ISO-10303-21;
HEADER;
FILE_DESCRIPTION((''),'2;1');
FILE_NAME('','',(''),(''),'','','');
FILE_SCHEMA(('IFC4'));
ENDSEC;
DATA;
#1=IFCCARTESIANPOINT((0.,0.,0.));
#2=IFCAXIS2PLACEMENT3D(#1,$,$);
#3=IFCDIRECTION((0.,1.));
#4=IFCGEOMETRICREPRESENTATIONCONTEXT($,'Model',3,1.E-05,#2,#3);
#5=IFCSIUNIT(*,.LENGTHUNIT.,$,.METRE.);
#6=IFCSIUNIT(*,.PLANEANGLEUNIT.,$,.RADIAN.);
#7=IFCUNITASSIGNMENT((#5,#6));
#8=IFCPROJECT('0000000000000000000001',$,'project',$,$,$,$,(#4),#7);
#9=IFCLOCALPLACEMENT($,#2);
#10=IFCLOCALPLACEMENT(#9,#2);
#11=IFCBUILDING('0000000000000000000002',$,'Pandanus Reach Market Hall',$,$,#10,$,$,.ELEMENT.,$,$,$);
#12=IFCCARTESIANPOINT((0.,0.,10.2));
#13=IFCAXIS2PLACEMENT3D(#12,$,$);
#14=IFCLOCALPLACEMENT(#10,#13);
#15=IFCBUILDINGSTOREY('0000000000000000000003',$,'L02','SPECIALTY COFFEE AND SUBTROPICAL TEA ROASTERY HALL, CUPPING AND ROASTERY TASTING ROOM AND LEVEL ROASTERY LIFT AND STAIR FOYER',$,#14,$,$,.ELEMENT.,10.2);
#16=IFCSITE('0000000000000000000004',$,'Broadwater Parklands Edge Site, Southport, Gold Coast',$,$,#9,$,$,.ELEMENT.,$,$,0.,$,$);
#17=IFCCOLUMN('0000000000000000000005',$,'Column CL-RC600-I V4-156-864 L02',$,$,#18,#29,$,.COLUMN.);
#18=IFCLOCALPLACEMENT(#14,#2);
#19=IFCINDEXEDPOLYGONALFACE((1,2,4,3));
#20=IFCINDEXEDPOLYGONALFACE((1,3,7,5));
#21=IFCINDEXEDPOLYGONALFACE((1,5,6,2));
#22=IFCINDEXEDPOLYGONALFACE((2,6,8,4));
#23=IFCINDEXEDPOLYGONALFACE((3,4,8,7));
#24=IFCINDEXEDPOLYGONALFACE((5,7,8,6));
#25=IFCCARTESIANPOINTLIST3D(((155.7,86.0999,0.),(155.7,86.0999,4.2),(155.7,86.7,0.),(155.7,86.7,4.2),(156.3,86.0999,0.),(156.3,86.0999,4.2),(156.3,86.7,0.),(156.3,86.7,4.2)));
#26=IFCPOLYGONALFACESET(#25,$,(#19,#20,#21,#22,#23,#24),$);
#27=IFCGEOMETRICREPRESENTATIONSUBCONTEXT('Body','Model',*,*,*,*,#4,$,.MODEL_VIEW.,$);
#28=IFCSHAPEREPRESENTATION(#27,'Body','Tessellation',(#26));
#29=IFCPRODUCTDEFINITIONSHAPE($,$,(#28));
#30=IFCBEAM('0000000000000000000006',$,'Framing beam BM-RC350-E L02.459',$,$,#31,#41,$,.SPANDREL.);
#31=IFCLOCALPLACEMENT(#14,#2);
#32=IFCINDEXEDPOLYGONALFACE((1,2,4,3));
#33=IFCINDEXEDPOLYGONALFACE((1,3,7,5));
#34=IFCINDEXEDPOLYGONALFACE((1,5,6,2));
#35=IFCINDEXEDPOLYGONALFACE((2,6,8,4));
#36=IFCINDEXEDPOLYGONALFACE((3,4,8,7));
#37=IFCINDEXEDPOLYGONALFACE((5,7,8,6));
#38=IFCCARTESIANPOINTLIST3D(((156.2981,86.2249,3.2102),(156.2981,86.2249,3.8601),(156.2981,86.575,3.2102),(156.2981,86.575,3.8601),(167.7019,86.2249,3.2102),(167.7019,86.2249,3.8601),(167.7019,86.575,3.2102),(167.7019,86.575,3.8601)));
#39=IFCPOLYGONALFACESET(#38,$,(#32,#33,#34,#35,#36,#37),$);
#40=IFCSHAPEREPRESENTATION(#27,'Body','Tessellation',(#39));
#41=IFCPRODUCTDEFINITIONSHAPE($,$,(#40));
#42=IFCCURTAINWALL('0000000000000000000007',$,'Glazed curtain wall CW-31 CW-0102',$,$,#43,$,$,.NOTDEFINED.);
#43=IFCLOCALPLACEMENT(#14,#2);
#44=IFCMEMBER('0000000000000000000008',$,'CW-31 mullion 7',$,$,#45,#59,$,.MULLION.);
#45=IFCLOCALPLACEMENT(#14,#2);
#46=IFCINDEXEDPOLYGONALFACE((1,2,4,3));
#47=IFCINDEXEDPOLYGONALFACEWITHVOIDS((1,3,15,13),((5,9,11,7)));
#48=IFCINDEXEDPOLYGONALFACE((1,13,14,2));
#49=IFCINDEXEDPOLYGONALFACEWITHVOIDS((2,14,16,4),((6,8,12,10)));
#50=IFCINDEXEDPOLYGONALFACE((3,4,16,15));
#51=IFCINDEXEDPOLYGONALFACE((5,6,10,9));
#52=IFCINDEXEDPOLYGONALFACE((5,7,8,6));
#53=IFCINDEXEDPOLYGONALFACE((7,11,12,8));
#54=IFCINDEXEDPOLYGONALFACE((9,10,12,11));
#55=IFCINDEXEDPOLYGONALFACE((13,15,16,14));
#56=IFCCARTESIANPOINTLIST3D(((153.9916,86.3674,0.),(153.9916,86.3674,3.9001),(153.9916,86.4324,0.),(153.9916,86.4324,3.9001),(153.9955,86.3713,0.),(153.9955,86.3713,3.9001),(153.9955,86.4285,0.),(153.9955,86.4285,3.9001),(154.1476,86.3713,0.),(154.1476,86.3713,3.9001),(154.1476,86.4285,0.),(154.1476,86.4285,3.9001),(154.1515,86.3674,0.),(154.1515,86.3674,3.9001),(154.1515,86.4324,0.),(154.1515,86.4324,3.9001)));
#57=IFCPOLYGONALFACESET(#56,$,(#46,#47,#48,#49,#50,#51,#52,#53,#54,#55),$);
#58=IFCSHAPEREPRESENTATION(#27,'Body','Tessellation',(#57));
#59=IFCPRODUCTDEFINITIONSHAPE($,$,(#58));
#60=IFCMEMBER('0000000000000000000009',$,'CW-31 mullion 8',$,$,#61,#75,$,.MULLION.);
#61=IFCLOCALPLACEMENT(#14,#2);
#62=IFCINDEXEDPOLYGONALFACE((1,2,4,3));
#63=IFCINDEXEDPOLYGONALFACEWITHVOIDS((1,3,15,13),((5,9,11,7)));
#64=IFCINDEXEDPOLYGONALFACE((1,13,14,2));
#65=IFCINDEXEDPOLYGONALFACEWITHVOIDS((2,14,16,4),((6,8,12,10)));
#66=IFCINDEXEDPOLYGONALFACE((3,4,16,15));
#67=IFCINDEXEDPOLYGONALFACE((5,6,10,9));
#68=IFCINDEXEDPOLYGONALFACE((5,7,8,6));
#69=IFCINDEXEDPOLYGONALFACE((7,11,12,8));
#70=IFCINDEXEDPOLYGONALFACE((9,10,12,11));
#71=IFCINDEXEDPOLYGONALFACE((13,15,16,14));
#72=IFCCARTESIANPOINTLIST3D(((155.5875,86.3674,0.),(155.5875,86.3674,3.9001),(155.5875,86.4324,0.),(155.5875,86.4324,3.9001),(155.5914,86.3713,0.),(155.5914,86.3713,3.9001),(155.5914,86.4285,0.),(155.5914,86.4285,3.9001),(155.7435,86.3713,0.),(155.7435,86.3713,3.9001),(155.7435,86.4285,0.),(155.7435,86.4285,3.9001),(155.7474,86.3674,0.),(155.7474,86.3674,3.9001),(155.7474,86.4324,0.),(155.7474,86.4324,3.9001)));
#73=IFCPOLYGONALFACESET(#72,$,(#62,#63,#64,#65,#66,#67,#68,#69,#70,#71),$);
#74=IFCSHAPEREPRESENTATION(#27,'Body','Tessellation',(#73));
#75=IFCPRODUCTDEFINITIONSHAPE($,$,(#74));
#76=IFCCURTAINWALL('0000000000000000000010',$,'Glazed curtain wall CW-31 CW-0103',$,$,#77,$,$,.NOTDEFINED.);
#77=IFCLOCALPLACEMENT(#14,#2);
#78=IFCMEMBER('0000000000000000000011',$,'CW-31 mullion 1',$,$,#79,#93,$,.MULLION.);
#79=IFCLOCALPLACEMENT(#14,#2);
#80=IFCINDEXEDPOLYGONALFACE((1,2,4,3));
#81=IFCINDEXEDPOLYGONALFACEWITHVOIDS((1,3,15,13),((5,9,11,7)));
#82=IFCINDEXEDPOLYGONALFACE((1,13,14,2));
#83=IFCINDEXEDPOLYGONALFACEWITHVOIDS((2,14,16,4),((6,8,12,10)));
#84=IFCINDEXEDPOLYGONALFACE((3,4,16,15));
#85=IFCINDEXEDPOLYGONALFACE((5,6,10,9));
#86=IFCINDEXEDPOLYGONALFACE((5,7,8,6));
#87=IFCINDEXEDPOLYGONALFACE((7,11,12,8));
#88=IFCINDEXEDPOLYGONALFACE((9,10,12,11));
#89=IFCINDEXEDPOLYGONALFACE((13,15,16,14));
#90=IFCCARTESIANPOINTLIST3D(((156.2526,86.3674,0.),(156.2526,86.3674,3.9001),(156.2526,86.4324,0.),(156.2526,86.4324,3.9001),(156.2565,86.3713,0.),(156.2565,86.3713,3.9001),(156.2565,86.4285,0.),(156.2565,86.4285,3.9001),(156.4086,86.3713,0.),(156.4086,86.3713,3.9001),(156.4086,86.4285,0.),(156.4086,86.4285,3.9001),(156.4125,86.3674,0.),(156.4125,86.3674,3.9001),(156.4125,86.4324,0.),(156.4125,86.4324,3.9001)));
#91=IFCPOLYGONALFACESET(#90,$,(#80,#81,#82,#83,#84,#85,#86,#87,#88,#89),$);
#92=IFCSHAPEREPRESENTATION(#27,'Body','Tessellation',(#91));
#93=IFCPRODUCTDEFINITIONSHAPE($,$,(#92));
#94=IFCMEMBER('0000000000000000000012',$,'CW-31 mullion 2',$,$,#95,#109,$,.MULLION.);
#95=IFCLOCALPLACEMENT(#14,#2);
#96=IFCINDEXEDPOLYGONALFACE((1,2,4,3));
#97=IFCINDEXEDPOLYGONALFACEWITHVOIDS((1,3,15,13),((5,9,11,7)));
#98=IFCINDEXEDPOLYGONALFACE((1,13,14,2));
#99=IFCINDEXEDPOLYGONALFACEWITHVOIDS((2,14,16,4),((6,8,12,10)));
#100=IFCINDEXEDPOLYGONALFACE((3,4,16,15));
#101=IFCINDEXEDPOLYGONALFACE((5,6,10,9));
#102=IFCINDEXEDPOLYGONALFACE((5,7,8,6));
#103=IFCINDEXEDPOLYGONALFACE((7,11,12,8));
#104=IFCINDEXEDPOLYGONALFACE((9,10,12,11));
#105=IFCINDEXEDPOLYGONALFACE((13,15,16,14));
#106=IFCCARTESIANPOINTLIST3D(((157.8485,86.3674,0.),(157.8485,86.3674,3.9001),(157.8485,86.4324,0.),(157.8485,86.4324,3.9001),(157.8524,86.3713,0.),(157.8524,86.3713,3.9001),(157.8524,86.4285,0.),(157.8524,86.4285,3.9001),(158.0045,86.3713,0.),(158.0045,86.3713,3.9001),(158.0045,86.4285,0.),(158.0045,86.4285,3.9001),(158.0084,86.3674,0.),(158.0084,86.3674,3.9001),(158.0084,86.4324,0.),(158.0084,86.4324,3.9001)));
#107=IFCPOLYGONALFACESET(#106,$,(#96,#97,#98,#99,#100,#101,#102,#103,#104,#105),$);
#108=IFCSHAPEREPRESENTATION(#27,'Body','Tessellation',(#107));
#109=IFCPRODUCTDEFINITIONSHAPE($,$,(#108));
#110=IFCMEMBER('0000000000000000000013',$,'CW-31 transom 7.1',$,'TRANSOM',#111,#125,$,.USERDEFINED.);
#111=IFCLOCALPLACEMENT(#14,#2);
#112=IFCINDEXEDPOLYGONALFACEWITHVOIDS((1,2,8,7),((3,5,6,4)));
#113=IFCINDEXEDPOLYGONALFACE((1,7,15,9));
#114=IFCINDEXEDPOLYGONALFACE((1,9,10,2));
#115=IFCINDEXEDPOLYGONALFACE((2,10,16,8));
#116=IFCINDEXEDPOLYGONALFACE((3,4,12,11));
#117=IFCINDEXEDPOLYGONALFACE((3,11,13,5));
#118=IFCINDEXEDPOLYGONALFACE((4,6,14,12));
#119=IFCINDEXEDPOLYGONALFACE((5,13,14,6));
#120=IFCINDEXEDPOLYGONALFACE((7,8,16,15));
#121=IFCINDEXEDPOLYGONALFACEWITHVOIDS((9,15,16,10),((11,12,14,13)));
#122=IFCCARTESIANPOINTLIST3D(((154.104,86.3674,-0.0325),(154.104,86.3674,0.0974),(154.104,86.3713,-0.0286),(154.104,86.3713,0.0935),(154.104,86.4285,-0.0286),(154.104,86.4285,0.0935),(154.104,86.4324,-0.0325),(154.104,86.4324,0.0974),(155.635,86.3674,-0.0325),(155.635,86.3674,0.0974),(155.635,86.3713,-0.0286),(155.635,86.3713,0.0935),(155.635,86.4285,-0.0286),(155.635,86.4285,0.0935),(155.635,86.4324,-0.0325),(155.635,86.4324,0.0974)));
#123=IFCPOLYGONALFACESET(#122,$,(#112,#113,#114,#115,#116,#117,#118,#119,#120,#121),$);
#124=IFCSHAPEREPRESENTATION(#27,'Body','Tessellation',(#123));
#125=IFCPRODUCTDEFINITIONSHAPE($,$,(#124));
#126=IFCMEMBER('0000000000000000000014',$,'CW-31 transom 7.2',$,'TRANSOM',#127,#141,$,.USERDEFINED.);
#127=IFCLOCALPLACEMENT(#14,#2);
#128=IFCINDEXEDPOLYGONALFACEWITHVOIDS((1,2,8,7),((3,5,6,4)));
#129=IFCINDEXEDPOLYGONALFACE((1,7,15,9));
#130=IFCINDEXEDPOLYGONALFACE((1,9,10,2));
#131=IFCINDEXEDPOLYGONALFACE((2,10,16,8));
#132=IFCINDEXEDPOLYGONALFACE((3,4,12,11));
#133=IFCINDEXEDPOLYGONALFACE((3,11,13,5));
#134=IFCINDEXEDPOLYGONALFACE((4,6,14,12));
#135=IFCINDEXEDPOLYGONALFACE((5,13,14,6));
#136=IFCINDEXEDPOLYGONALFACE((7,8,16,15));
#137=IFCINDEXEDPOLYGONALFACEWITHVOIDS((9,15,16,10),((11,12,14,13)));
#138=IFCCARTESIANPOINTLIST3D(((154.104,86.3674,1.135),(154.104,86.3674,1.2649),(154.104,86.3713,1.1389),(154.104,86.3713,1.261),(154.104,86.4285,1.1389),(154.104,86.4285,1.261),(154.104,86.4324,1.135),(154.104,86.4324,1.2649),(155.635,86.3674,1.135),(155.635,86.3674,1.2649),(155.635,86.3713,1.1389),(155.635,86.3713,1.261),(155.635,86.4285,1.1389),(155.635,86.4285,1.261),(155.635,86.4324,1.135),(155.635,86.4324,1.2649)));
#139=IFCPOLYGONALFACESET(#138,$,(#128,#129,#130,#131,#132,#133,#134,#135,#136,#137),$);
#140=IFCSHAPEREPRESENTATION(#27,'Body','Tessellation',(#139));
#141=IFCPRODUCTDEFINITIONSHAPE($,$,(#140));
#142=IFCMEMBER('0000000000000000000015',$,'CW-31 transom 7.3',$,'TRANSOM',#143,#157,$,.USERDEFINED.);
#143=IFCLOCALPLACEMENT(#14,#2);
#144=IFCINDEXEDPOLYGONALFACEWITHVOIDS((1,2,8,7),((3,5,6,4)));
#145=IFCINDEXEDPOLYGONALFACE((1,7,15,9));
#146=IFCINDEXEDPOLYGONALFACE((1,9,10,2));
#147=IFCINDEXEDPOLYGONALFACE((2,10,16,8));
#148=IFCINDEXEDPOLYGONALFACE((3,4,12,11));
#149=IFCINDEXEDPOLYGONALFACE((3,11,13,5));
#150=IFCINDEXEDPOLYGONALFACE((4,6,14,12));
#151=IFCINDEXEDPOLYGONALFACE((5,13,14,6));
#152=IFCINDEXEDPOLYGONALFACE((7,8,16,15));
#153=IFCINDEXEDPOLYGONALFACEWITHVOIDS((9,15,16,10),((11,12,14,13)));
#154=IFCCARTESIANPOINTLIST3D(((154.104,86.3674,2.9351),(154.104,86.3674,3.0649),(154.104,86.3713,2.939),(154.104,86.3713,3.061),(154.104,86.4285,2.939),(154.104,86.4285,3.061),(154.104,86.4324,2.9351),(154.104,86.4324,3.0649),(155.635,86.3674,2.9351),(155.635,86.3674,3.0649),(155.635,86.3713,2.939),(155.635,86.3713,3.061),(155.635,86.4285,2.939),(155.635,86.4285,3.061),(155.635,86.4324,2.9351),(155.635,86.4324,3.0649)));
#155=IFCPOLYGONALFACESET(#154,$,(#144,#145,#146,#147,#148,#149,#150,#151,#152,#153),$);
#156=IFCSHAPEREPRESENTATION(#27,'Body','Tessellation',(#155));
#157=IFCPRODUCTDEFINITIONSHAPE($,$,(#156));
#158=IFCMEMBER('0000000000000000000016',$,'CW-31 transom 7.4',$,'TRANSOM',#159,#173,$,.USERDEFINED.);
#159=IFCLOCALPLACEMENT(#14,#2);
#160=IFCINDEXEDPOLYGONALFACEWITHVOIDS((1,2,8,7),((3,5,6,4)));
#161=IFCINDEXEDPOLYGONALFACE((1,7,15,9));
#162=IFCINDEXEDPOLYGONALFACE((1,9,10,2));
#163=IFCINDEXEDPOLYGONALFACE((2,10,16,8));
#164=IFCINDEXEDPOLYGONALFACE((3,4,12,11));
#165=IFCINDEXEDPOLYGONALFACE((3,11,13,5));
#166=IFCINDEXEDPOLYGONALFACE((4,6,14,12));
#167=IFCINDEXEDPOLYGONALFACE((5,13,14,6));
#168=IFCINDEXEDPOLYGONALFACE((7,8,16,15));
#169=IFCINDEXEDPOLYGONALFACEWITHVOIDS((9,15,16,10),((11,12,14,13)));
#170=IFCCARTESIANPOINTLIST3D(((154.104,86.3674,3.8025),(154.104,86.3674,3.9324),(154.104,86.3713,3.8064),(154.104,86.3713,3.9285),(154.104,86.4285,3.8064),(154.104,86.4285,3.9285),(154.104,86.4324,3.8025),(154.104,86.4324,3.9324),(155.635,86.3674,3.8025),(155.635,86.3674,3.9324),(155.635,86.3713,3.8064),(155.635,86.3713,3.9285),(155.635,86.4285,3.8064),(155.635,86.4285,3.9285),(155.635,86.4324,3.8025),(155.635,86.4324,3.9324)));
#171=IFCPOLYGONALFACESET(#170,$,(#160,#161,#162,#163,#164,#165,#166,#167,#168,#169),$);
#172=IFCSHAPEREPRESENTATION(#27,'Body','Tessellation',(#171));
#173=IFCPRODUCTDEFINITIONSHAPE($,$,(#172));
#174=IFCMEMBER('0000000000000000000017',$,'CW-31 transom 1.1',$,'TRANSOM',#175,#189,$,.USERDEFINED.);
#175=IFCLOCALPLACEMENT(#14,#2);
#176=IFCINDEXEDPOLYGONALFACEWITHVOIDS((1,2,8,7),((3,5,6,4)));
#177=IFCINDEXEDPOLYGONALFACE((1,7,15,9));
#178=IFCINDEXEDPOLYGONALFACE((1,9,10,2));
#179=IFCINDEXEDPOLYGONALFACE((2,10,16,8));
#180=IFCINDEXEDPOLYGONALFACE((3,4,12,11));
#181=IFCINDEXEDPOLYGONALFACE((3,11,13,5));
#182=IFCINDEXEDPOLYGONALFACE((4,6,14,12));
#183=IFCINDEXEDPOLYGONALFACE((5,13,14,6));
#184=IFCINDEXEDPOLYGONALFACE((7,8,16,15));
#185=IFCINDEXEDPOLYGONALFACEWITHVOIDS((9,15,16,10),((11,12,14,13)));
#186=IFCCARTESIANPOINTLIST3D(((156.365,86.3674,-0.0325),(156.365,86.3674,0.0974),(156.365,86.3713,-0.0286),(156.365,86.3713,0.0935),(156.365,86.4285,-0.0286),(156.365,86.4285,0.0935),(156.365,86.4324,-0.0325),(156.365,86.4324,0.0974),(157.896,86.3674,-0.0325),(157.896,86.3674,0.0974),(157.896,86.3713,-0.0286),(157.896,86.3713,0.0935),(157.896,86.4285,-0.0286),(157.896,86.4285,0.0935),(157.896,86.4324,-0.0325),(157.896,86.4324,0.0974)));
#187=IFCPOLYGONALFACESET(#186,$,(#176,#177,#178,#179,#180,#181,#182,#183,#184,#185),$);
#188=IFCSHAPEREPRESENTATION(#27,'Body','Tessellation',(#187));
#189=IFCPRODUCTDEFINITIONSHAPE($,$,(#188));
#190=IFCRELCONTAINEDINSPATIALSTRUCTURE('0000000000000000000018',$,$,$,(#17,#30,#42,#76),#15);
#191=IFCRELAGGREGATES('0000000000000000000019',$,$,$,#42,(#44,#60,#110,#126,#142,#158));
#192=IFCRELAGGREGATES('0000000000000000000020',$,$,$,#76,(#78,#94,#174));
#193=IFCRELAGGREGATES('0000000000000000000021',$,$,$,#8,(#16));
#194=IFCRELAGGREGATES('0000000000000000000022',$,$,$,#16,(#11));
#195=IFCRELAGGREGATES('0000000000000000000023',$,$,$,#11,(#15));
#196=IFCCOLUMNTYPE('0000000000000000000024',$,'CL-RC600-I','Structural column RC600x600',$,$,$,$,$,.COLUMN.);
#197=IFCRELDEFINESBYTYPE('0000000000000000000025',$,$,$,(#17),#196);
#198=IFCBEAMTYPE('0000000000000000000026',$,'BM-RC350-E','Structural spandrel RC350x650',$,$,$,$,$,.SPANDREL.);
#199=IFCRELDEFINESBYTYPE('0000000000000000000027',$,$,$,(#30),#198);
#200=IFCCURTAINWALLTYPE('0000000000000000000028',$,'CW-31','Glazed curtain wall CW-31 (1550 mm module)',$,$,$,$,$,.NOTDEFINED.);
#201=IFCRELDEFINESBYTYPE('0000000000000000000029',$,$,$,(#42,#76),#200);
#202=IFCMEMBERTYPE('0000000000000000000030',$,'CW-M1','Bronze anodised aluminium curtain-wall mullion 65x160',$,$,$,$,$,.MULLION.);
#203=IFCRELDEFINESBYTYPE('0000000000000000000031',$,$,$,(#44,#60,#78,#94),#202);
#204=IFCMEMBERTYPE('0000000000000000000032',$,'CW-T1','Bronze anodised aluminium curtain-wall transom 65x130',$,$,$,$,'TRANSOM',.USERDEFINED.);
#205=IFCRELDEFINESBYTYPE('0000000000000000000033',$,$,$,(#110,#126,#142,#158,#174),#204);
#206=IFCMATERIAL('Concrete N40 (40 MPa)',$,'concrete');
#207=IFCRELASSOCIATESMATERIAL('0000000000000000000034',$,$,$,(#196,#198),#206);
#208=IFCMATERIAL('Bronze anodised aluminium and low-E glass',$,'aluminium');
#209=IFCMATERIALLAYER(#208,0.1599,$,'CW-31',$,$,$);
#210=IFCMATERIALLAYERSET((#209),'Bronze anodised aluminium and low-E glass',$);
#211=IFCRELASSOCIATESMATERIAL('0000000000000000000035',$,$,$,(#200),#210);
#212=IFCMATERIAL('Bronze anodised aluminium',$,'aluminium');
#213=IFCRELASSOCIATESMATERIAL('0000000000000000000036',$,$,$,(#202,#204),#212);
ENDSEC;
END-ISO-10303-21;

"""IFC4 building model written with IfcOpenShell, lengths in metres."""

from ifc_helpers import new_model, si_unit, direction, frame, origin, origin_2d, place, context, subcontext, project, spatial, rectangle, hollow_rectangle, extrude, material, layer, layer_set, material_profile, profile_set, type_object, element, aggregate, save


model = new_model("IFC4")

# Units and contexts
model_context = context("Model", 3, precision=1e-05, world=origin(), true_north=direction((0.0, 1.0)))
body_context = subcontext(model_context, "Body", "Model", "MODEL_VIEW")
ifc_project = project(units=[si_unit("LENGTHUNIT", "METRE"), si_unit("PLANEANGLEUNIT", "RADIAN")], contexts=[model_context])

# Site, building, storey
site_placement = place(None, origin())
site = spatial("IfcSite", under=ifc_project, at=site_placement, Name="Broadwater Parklands Edge Site, Southport, Gold Coast", CompositionType="ELEMENT", RefElevation=0.0)
building_placement = place(site_placement, origin())
building = spatial("IfcBuilding", under=site, at=building_placement, Name="Pandanus Reach Market Hall", CompositionType="ELEMENT")
storey_placement = place(building_placement, frame((0.0, 0.0, 10.2)))
storey = spatial("IfcBuildingStorey", under=building, at=storey_placement, Name="L02", Description="SPECIALTY COFFEE AND SUBTROPICAL TEA ROASTERY HALL, CUPPING AND ROASTERY TASTING ROOM AND LEVEL ROASTERY LIFT AND STAIR FOYER", CompositionType="ELEMENT", Elevation=10.2)

# Column
ifc_material_1 = material(Name="Concrete N40 (40 MPa)", Category="concrete")
ifc_material_profile_1 = material_profile(ifc_material_1, rectangle(XDim=0.6001, YDim=0.6001, at=origin_2d()), Name="RC600x600", Category="LoadBearing")
ifc_profile_set_1 = profile_set([ifc_material_profile_1], Name="Concrete N40 (40 MPa)")
column_type = type_object("IfcColumnType", Name="CL-RC600-I", Description="Structural column RC600x600", PredefinedType="COLUMN", material=ifc_profile_set_1)
column_placement = place(storey_placement, frame((156.0, 86.3999, 0.0), z_axis=(0.0, 0.0, 1.0), x_axis=(1.0, 0.0, 0.0)))
element("IfcColumn", 1, at=column_placement, inside=storey, type_object=column_type, Name="Column CL-RC600-I V4-156-864 L02", PredefinedType="COLUMN", context=body_context, shape_type="SweptSolid", body=[
    extrude(rectangle(XDim=0.6001, YDim=0.6001, at=origin_2d()), origin(), (0.0, 0.0, 1.0), 4.2),
])

# Beam
ifc_material_profile_2 = material_profile(ifc_material_1, rectangle(XDim=0.3501, YDim=0.6499, at=origin_2d()), Name="RC350x650", Category="LoadBearing")
ifc_profile_set_2 = profile_set([ifc_material_profile_2], Name="Concrete N40 (40 MPa)")
beam_type = type_object("IfcBeamType", Name="BM-RC350-E", Description="Structural spandrel RC350x650", PredefinedType="SPANDREL", material=ifc_profile_set_2)
beam_placement = place(storey_placement, frame((156.2981, 86.3999, 3.5352), z_axis=(1.0, 0.0, 0.0), x_axis=(0.0, 1.0, 0.0)))
element("IfcBeam", 2, at=beam_placement, inside=storey, type_object=beam_type, Name="Framing beam BM-RC350-E L02.459", PredefinedType="SPANDREL", context=body_context, shape_type="SweptSolid", body=[
    extrude(rectangle(XDim=0.3501, YDim=0.6499, at=origin_2d()), origin(), (0.0, 0.0, 1.0), 11.4038),
])

# Curtain walls, members
ifc_material_2 = material(Name="Bronze anodised aluminium and low-E glass", Category="aluminium")
ifc_layer_1 = layer(ifc_material_2, 0.1599, Name="CW-31")
ifc_layer_set_1 = layer_set([ifc_layer_1], Name="Bronze anodised aluminium and low-E glass")
curtain_wall_type = type_object("IfcCurtainWallType", Name="CW-31", Description="Glazed curtain wall CW-31 (1550 mm module)", PredefinedType="NOTDEFINED", material=ifc_layer_set_1)
curtain_wall_1_placement = place(storey_placement, origin())
curtain_wall_1 = element("IfcCurtainWall", 3, at=curtain_wall_1_placement, inside=storey, type_object=curtain_wall_type, Name="Glazed curtain wall CW-31 CW-0102", PredefinedType="NOTDEFINED")
ifc_material_3 = material(Name="Bronze anodised aluminium", Category="aluminium")
ifc_material_profile_3 = material_profile(ifc_material_3, hollow_rectangle(XDim=0.0649, YDim=0.1599, WallThickness=0.0039, at=origin_2d()), Name="ALU65x160", Category="LoadBearing")
ifc_profile_set_3 = profile_set([ifc_material_profile_3], Name="Bronze anodised aluminium")
member_type_1 = type_object("IfcMemberType", Name="CW-M1", Description="Bronze anodised aluminium curtain-wall mullion 65x160", PredefinedType="MULLION", material=ifc_profile_set_3)
member_1_placement = place(storey_placement, frame((154.0715, 86.3999, 0.0), z_axis=(0.0, 0.0, 1.0), x_axis=(0.0, 1.0, 0.0)))
member_1 = element("IfcMember", 4, at=member_1_placement, type_object=member_type_1, Name="CW-31 mullion 7", PredefinedType="MULLION", context=body_context, shape_type="SweptSolid", body=[
    extrude(hollow_rectangle(XDim=0.0649, YDim=0.1599, WallThickness=0.0039, at=origin_2d()), origin(), (0.0, 0.0, 1.0), 3.9001),
])
member_2_placement = place(storey_placement, frame((155.6675, 86.3999, 0.0), z_axis=(0.0, 0.0, 1.0), x_axis=(0.0, 1.0, 0.0)))
member_2 = element("IfcMember", 5, at=member_2_placement, type_object=member_type_1, Name="CW-31 mullion 8", PredefinedType="MULLION", context=body_context, shape_type="SweptSolid", body=[
    extrude(hollow_rectangle(XDim=0.0649, YDim=0.1599, WallThickness=0.0039, at=origin_2d()), origin(), (0.0, 0.0, 1.0), 3.9001),
])
curtain_wall_2_placement = place(storey_placement, origin())
curtain_wall_2 = element("IfcCurtainWall", 6, at=curtain_wall_2_placement, inside=storey, type_object=curtain_wall_type, Name="Glazed curtain wall CW-31 CW-0103", PredefinedType="NOTDEFINED")
member_3_placement = place(storey_placement, frame((156.3325, 86.3999, 0.0), z_axis=(0.0, 0.0, 1.0), x_axis=(0.0, 1.0, 0.0)))
member_3 = element("IfcMember", 7, at=member_3_placement, type_object=member_type_1, Name="CW-31 mullion 1", PredefinedType="MULLION", context=body_context, shape_type="SweptSolid", body=[
    extrude(hollow_rectangle(XDim=0.0649, YDim=0.1599, WallThickness=0.0039, at=origin_2d()), origin(), (0.0, 0.0, 1.0), 3.9001),
])
member_4_placement = place(storey_placement, frame((157.9285, 86.3999, 0.0), z_axis=(0.0, 0.0, 1.0), x_axis=(0.0, 1.0, 0.0)))
member_4 = element("IfcMember", 8, at=member_4_placement, type_object=member_type_1, Name="CW-31 mullion 2", PredefinedType="MULLION", context=body_context, shape_type="SweptSolid", body=[
    extrude(hollow_rectangle(XDim=0.0649, YDim=0.1599, WallThickness=0.0039, at=origin_2d()), origin(), (0.0, 0.0, 1.0), 3.9001),
])

# Members
ifc_material_profile_4 = material_profile(ifc_material_3, hollow_rectangle(XDim=0.0649, YDim=0.1299, WallThickness=0.0039, at=origin_2d()), Name="ALU65x130", Category="LoadBearing")
ifc_profile_set_4 = profile_set([ifc_material_profile_4], Name="Bronze anodised aluminium")
member_type_2 = type_object("IfcMemberType", Name="CW-T1", Description="Bronze anodised aluminium curtain-wall transom 65x130", ElementType="TRANSOM", PredefinedType="USERDEFINED", material=ifc_profile_set_4)
member_5_placement = place(storey_placement, frame((154.104, 86.3999, 0.0325), z_axis=(1.0, 0.0, 0.0), x_axis=(0.0, 1.0, 0.0)))
member_5 = element("IfcMember", 9, at=member_5_placement, type_object=member_type_2, Name="CW-31 transom 7.1", ObjectType="TRANSOM", PredefinedType="USERDEFINED", context=body_context, shape_type="SweptSolid", body=[
    extrude(hollow_rectangle(XDim=0.0649, YDim=0.1299, WallThickness=0.0039, at=origin_2d()), origin(), (0.0, 0.0, 1.0), 1.531),
])
member_6_placement = place(storey_placement, frame((154.104, 86.3999, 1.2), z_axis=(1.0, 0.0, 0.0), x_axis=(0.0, 1.0, 0.0)))
member_6 = element("IfcMember", 10, at=member_6_placement, type_object=member_type_2, Name="CW-31 transom 7.2", ObjectType="TRANSOM", PredefinedType="USERDEFINED", context=body_context, shape_type="SweptSolid", body=[
    extrude(hollow_rectangle(XDim=0.0649, YDim=0.1299, WallThickness=0.0039, at=origin_2d()), origin(), (0.0, 0.0, 1.0), 1.531),
])
member_7_placement = place(storey_placement, frame((154.104, 86.3999, 3.0), z_axis=(1.0, 0.0, 0.0), x_axis=(0.0, 1.0, 0.0)))
member_7 = element("IfcMember", 11, at=member_7_placement, type_object=member_type_2, Name="CW-31 transom 7.3", ObjectType="TRANSOM", PredefinedType="USERDEFINED", context=body_context, shape_type="SweptSolid", body=[
    extrude(hollow_rectangle(XDim=0.0649, YDim=0.1299, WallThickness=0.0039, at=origin_2d()), origin(), (0.0, 0.0, 1.0), 1.531),
])
member_8_placement = place(storey_placement, frame((154.104, 86.3999, 3.8674), z_axis=(1.0, 0.0, 0.0), x_axis=(0.0, 1.0, 0.0)))
member_8 = element("IfcMember", 12, at=member_8_placement, type_object=member_type_2, Name="CW-31 transom 7.4", ObjectType="TRANSOM", PredefinedType="USERDEFINED", context=body_context, shape_type="SweptSolid", body=[
    extrude(hollow_rectangle(XDim=0.0649, YDim=0.1299, WallThickness=0.0039, at=origin_2d()), origin(), (0.0, 0.0, 1.0), 1.531),
])
member_9_placement = place(storey_placement, frame((156.365, 86.3999, 0.0325), z_axis=(1.0, 0.0, 0.0), x_axis=(0.0, 1.0, 0.0)))
member_9 = element("IfcMember", 13, at=member_9_placement, type_object=member_type_2, Name="CW-31 transom 1.1", ObjectType="TRANSOM", PredefinedType="USERDEFINED", context=body_context, shape_type="SweptSolid", body=[
    extrude(hollow_rectangle(XDim=0.0649, YDim=0.1299, WallThickness=0.0039, at=origin_2d()), origin(), (0.0, 0.0, 1.0), 1.531),
])

aggregate(curtain_wall_1, [member_1, member_2, member_5, member_6, member_7, member_8])
aggregate(curtain_wall_2, [member_3, member_4, member_9])

save(model, "model.ifc")
